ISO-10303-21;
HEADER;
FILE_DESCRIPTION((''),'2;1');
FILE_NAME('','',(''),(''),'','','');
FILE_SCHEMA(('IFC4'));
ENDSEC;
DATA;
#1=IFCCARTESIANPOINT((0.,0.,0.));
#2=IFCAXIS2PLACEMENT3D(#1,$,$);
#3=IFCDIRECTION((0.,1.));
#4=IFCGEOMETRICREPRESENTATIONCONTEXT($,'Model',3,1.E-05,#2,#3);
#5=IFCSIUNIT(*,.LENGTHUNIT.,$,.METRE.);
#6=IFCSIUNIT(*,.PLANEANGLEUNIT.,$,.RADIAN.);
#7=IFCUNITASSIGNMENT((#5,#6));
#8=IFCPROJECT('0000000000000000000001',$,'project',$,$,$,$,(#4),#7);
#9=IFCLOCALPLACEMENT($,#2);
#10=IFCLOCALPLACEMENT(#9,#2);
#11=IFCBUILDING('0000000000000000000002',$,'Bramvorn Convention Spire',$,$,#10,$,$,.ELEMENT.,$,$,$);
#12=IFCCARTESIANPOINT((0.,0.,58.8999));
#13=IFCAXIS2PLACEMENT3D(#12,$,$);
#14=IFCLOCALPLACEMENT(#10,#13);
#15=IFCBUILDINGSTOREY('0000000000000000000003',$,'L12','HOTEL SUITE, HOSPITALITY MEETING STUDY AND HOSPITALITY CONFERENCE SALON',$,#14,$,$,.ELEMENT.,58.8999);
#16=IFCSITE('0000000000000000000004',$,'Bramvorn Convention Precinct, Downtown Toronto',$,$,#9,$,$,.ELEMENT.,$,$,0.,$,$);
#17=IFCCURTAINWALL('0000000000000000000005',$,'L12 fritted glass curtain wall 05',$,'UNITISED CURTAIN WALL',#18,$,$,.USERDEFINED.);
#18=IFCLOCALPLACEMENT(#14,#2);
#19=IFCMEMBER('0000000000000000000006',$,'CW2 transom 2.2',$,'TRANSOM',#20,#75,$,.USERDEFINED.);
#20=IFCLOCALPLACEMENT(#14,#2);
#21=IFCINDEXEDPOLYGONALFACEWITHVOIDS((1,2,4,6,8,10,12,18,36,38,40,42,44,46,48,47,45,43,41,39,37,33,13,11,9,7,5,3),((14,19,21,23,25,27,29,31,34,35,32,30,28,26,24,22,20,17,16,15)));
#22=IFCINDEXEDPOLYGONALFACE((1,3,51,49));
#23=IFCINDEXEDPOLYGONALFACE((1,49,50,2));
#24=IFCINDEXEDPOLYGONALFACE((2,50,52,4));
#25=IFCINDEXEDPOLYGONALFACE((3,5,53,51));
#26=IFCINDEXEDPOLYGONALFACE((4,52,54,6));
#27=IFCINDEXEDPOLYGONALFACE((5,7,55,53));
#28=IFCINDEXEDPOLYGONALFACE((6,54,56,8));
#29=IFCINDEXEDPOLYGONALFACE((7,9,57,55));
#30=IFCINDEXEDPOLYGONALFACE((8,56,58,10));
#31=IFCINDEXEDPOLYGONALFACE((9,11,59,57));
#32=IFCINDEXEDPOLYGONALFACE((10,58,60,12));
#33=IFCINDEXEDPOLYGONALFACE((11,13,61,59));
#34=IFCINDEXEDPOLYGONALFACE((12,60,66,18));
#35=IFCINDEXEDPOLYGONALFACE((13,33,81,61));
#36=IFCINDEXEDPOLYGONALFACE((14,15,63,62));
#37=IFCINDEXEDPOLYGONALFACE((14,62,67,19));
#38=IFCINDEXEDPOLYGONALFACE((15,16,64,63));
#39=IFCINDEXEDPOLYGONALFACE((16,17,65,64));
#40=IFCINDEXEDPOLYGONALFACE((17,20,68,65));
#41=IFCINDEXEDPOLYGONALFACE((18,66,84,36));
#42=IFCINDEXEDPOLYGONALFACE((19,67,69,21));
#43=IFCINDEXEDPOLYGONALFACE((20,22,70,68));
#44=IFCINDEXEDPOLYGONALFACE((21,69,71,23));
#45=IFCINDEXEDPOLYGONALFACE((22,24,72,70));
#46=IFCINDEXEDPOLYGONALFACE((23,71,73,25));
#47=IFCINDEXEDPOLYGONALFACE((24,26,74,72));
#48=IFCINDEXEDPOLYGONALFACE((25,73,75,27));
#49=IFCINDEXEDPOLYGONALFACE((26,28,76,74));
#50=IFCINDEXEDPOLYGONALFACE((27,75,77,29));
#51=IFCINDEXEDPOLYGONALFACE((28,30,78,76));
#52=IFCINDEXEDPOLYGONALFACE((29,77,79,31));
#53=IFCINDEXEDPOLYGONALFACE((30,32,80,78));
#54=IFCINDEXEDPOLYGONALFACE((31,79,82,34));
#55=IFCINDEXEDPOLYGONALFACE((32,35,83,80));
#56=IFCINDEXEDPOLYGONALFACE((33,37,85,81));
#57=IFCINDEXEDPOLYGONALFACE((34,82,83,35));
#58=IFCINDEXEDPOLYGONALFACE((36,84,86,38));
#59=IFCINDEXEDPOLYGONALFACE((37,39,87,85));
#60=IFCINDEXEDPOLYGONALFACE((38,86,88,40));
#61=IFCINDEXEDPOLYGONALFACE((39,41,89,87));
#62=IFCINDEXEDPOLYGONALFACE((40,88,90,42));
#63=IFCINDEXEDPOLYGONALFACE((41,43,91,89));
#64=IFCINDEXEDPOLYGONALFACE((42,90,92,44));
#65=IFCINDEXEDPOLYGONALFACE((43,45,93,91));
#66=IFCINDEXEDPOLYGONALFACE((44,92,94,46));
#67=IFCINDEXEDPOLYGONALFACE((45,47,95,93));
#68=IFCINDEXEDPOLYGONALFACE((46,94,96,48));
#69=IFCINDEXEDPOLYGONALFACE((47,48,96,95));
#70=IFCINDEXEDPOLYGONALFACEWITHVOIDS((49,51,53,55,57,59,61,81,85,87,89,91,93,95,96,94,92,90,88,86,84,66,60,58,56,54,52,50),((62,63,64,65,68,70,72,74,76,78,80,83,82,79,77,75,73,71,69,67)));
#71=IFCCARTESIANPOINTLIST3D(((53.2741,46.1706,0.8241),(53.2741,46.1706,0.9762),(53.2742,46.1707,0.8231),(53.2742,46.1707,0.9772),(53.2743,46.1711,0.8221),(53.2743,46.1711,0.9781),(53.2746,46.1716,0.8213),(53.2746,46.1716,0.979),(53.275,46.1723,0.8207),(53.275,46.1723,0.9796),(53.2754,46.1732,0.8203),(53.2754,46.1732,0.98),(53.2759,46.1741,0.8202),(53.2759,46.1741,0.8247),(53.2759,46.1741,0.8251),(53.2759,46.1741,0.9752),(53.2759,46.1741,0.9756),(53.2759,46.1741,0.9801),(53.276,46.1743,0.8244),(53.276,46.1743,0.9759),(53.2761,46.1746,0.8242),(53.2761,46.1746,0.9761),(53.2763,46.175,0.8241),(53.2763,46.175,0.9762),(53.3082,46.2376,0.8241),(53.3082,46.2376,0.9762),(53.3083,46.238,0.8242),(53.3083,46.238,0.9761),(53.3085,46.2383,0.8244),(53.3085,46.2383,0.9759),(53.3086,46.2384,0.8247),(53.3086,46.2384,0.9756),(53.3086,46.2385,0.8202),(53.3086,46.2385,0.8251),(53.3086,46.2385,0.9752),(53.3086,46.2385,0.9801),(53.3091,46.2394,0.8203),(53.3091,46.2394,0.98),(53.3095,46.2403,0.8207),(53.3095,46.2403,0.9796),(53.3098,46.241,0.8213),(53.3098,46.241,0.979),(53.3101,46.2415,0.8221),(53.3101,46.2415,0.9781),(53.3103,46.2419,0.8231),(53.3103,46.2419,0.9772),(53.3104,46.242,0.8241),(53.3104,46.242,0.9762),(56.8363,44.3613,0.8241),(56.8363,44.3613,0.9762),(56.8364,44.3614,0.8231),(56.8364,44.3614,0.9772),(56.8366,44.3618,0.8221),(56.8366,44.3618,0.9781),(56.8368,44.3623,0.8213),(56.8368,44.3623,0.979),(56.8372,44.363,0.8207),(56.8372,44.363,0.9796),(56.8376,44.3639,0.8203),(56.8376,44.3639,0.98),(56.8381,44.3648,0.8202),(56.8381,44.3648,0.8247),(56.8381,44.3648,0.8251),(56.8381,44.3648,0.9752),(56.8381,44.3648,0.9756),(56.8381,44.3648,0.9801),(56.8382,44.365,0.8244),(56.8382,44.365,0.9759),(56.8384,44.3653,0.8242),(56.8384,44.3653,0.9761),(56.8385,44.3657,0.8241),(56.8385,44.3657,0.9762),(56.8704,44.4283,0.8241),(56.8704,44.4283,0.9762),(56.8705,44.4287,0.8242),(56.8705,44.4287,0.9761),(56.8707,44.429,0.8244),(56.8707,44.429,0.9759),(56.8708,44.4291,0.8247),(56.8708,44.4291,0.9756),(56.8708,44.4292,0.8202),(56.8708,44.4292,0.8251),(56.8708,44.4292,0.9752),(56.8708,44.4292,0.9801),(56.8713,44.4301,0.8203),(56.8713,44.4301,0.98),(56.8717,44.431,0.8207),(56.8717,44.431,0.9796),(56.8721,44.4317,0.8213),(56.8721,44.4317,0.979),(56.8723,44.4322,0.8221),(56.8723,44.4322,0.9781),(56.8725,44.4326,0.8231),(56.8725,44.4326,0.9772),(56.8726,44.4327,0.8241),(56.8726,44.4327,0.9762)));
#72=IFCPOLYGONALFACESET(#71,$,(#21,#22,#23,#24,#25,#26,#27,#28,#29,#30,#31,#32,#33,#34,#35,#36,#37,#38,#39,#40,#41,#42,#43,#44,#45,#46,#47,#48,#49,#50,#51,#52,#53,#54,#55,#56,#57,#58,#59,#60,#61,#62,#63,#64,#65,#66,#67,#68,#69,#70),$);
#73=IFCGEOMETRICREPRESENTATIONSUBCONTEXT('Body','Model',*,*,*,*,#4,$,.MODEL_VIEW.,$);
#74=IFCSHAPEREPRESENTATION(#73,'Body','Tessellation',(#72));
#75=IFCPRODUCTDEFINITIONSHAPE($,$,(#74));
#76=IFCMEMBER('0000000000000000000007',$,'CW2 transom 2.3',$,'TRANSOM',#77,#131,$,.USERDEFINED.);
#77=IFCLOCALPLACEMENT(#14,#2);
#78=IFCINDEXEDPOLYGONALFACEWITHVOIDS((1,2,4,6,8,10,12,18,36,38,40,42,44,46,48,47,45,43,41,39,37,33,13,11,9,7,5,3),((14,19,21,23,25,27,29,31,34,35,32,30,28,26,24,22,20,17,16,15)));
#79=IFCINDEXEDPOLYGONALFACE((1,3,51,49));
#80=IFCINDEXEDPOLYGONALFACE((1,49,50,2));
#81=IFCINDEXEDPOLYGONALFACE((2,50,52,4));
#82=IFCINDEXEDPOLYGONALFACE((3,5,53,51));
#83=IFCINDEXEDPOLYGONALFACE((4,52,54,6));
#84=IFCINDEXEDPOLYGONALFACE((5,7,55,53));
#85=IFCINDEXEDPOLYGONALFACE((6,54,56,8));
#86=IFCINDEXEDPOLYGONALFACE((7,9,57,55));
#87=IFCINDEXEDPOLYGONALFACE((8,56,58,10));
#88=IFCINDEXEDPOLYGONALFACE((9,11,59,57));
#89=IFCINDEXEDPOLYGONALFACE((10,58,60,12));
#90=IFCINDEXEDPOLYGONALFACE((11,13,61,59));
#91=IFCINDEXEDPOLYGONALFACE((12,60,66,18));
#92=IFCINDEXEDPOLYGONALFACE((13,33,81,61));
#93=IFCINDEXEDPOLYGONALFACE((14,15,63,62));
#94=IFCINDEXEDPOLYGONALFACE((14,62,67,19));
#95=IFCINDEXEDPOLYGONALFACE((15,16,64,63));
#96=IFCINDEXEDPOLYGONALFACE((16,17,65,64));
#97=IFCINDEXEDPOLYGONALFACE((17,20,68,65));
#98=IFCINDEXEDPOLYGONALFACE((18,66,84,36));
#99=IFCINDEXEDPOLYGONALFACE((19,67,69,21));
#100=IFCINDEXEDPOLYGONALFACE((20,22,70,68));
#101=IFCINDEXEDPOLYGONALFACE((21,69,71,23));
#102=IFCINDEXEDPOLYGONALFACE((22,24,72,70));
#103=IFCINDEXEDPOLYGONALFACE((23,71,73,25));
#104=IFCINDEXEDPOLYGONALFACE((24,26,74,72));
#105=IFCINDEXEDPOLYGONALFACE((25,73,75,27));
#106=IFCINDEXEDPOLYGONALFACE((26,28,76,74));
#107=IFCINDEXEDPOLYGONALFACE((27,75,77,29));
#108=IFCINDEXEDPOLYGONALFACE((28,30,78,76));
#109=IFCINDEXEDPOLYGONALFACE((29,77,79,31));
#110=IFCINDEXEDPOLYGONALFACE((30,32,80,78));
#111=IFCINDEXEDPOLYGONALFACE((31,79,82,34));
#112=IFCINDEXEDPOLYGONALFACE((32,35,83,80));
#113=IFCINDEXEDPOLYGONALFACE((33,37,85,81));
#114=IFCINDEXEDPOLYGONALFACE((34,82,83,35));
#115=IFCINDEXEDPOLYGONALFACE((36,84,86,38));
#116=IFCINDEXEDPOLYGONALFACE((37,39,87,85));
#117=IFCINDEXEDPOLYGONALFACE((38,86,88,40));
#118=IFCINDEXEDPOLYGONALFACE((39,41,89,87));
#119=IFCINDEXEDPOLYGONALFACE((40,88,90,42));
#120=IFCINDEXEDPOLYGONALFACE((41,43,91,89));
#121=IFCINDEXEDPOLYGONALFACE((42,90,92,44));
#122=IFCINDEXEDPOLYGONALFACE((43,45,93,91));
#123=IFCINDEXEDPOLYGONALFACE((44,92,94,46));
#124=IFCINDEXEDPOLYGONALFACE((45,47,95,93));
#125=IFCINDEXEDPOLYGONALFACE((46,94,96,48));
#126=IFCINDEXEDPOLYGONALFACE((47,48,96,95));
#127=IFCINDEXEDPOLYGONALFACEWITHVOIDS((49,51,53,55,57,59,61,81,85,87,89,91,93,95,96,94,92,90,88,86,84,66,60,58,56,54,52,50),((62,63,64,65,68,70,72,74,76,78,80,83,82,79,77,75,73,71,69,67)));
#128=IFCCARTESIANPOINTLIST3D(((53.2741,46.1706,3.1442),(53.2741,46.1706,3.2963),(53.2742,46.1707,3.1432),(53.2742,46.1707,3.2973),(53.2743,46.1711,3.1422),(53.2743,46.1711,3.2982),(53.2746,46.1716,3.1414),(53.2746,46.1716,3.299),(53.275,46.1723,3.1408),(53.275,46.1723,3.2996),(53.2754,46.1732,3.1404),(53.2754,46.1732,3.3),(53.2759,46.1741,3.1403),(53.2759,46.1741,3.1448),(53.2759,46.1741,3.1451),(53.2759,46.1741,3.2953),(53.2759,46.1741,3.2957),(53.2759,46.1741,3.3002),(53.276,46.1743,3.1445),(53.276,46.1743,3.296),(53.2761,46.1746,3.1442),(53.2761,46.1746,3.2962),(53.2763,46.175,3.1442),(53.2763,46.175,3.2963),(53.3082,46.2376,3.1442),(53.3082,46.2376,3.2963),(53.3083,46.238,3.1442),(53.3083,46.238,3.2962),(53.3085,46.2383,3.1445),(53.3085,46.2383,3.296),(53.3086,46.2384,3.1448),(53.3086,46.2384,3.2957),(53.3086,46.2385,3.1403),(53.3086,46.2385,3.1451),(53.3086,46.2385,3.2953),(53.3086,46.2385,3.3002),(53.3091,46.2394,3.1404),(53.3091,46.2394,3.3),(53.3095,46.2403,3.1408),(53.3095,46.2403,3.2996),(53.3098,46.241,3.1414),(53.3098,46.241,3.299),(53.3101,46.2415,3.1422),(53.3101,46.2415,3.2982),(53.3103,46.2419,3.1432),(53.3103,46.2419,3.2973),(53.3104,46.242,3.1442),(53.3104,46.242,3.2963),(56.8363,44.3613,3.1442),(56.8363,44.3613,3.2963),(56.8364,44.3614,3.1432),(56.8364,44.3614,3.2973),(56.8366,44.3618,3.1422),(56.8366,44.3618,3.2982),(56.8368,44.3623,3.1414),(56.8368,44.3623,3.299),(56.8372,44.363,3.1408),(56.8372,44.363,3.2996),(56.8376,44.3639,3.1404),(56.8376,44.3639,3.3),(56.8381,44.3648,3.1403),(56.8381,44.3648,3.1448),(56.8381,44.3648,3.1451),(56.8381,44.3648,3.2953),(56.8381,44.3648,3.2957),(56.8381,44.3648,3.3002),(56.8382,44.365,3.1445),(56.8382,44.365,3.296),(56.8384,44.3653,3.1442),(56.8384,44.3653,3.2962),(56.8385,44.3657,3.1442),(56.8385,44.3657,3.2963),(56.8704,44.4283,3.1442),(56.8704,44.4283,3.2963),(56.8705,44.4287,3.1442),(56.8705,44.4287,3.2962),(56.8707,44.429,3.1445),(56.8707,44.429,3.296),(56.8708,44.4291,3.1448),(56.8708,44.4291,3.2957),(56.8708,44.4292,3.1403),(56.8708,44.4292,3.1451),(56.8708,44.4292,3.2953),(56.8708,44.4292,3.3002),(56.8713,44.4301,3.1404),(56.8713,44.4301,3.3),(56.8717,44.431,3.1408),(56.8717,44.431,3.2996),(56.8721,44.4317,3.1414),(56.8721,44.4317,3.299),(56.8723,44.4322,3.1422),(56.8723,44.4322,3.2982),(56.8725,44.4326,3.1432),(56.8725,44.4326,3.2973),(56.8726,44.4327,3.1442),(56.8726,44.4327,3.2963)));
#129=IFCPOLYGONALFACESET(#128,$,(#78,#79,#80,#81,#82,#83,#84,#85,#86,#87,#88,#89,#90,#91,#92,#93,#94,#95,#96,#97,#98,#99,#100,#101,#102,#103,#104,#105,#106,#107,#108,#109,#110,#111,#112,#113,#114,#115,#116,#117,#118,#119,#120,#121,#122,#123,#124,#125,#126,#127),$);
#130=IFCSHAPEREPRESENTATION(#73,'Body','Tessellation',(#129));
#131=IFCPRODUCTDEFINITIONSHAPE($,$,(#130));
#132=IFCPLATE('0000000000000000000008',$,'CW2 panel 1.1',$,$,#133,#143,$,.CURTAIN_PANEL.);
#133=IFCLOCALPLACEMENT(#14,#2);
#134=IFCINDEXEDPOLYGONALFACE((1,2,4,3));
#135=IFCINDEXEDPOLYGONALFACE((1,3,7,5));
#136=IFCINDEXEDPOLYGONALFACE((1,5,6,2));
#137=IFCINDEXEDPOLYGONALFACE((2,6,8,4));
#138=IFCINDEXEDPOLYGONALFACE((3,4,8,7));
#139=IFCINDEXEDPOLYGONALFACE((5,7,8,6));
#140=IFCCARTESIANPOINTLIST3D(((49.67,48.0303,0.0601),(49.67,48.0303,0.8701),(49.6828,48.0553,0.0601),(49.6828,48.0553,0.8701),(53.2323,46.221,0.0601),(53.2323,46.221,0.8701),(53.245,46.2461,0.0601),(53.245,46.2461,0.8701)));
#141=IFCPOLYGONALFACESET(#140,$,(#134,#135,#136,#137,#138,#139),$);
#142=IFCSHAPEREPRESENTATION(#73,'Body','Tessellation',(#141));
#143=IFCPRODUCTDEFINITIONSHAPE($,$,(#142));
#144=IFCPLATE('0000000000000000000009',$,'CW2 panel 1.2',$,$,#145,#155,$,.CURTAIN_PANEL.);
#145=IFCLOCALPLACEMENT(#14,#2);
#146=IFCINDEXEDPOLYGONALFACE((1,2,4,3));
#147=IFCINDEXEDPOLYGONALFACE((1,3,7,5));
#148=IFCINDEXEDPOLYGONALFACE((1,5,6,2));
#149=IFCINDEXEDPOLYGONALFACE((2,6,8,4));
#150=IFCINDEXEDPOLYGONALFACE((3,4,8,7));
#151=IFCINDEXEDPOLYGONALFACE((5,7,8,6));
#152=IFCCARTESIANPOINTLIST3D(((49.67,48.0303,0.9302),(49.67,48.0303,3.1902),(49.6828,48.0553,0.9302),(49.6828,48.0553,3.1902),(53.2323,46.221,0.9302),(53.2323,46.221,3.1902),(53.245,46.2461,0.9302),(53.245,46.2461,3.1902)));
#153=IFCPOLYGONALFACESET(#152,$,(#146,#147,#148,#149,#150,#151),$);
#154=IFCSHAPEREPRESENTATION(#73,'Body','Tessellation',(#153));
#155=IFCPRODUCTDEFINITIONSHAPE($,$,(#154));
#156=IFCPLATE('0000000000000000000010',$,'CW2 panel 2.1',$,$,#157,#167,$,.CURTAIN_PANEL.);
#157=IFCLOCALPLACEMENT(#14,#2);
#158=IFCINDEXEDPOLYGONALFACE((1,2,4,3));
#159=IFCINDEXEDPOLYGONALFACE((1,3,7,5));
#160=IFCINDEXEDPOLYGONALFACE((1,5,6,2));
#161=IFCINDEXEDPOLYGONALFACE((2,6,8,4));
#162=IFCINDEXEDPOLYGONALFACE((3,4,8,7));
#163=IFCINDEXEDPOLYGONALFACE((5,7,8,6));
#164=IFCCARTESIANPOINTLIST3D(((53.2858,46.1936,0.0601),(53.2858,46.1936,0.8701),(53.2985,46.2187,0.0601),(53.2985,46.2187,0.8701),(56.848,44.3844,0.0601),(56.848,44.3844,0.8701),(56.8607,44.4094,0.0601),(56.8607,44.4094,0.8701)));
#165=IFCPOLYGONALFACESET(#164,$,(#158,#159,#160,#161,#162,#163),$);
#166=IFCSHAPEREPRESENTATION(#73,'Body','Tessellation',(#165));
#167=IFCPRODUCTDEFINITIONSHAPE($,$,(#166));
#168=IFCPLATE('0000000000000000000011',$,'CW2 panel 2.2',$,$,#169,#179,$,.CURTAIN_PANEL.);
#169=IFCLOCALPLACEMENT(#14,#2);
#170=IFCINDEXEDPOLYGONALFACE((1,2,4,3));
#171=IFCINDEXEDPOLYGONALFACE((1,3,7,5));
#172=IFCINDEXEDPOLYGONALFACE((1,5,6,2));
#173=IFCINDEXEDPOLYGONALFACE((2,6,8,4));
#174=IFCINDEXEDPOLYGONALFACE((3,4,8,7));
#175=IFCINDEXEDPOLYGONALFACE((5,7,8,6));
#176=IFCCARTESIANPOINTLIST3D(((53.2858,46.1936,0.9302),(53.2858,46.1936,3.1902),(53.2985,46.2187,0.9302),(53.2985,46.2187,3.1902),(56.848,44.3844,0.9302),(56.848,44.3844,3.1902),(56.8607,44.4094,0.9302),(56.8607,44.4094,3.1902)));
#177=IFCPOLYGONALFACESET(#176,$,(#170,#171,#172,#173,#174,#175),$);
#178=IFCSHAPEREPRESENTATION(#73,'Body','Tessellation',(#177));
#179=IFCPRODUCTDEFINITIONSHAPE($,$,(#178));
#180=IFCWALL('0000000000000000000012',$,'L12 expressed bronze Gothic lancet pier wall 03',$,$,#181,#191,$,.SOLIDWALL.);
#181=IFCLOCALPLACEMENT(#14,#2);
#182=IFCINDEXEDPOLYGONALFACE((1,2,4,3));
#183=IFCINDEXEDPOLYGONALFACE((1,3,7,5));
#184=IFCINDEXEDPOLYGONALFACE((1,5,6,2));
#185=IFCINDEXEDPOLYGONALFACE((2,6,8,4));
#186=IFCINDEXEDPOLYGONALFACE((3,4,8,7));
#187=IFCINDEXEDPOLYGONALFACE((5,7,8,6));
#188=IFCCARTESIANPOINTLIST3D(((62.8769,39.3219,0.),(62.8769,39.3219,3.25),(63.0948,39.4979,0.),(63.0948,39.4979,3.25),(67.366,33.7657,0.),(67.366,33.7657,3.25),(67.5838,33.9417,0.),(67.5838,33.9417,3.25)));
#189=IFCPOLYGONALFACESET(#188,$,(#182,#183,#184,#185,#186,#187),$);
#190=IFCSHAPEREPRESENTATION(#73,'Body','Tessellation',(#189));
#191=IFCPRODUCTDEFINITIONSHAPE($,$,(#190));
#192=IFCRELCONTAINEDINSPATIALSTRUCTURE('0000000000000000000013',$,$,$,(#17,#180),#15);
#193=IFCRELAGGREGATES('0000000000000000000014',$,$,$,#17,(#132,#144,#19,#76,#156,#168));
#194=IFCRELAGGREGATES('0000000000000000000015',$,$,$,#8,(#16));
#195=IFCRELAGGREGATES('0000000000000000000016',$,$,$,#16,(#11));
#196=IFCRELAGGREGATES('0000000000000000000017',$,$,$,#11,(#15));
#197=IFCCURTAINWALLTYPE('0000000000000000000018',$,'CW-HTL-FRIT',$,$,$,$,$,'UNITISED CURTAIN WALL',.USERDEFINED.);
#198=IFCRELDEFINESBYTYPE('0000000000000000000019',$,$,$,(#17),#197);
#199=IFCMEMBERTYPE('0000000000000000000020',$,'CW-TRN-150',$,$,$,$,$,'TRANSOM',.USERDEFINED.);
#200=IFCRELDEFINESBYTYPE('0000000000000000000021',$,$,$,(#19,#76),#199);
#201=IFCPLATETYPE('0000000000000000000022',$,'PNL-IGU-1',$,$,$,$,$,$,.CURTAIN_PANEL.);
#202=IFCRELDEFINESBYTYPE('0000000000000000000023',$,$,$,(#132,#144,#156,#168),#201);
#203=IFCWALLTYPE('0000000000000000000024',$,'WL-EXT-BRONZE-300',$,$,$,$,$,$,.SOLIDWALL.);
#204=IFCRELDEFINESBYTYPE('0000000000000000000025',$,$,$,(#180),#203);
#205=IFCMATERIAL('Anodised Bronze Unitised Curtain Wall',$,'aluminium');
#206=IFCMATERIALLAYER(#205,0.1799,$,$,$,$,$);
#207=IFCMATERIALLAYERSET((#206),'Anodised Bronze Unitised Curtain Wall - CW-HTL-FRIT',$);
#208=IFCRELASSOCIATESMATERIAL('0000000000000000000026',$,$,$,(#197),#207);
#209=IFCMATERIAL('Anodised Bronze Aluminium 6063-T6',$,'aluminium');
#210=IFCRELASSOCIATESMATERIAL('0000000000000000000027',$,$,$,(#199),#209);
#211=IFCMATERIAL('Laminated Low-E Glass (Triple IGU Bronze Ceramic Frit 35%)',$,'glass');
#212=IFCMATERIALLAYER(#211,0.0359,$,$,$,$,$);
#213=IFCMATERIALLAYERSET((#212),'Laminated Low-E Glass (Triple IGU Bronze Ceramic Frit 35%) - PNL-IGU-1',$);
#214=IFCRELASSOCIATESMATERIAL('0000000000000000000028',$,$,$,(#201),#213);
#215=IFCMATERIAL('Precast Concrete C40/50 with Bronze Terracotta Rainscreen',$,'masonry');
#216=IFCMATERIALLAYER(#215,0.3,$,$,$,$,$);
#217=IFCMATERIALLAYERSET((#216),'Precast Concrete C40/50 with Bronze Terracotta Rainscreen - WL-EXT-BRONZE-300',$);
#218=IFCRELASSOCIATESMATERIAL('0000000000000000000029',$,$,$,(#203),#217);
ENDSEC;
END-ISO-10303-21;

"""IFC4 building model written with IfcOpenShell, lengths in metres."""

from ifc_helpers import new_model, si_unit, direction, frame, frame_2d, origin, origin_2d, place, context, subcontext, project, spatial, rectangle, hollow_rectangle, extrude, material, layer, layer_set, material_profile, profile_set, type_object, element, aggregate, save


model = new_model("IFC4")

# Units and contexts
model_context = context("Model", 3, precision=1e-05, world=origin(), true_north=direction((0.0, 1.0)))
body_context = subcontext(model_context, "Body", "Model", "MODEL_VIEW")
ifc_project = project(units=[si_unit("LENGTHUNIT", "METRE"), si_unit("PLANEANGLEUNIT", "RADIAN")], contexts=[model_context])

# Site, building, storey
site_placement = place(None, origin())
site = spatial("IfcSite", under=ifc_project, at=site_placement, Name="Bramvorn Convention Precinct, Downtown Toronto", CompositionType="ELEMENT", RefElevation=0.0)
building_placement = place(site_placement, origin())
building = spatial("IfcBuilding", under=site, at=building_placement, Name="Bramvorn Convention Spire", CompositionType="ELEMENT")
storey_placement = place(building_placement, frame((0.0, 0.0, 58.8999)))
storey = spatial("IfcBuildingStorey", under=building, at=storey_placement, Name="L12", Description="HOTEL SUITE, HOSPITALITY MEETING STUDY AND HOSPITALITY CONFERENCE SALON", CompositionType="ELEMENT", Elevation=58.8999)

# Curtain wall, members, plates
ifc_material_1 = material(Name="Anodised Bronze Unitised Curtain Wall", Category="aluminium")
ifc_layer_1 = layer(ifc_material_1, 0.1799)
ifc_layer_set_1 = layer_set([ifc_layer_1], Name="Anodised Bronze Unitised Curtain Wall - CW-HTL-FRIT")
curtain_wall_type = type_object("IfcCurtainWallType", Name="CW-HTL-FRIT", ElementType="UNITISED CURTAIN WALL", PredefinedType="USERDEFINED", material=ifc_layer_set_1)
curtain_wall_placement = place(storey_placement, origin())
curtain_wall = element("IfcCurtainWall", 1, at=curtain_wall_placement, inside=storey, type_object=curtain_wall_type, Name="L12 fritted glass curtain wall 05", ObjectType="UNITISED CURTAIN WALL", PredefinedType="USERDEFINED")
ifc_material_2 = material(Name="Anodised Bronze Aluminium 6063-T6", Category="aluminium")
ifc_material_profile_1 = material_profile(ifc_material_2, hollow_rectangle(XDim=0.0801, YDim=0.1599, WallThickness=0.0039, InnerFilletRadius=0.001, OuterFilletRadius=0.0039, at=origin_2d()))
ifc_profile_set_1 = profile_set([ifc_material_profile_1], Name="Anodised Bronze Aluminium 6063-T6 - CWT80X160")
member_type_1 = type_object("IfcMemberType", Name="CW-TRN-150", ElementType="TRANSOM", PredefinedType="USERDEFINED", material=ifc_profile_set_1)
member_1_placement = place(storey_placement, frame((53.2922, 46.2063, 0.9001), z_axis=(0.891586, -0.452851, 0.0), x_axis=(0.452851, 0.891586, 0.0)))
member_1 = element("IfcMember", 2, at=member_1_placement, type_object=member_type_1, Name="CW2 transom 2.2", ObjectType="TRANSOM", PredefinedType="USERDEFINED", context=body_context, shape_type="SweptSolid", body=[
    extrude(hollow_rectangle(XDim=0.0801, YDim=0.1599, WallThickness=0.0039, InnerFilletRadius=0.001, OuterFilletRadius=0.0039, at=origin_2d()), origin(), (0.0, 0.0, 1.0), 3.9954),
])
member_2_placement = place(storey_placement, frame((53.2922, 46.2063, 3.2202), z_axis=(0.891586, -0.452851, 0.0), x_axis=(0.452851, 0.891586, 0.0)))
member_2 = element("IfcMember", 3, at=member_2_placement, type_object=member_type_1, Name="CW2 transom 2.3", ObjectType="TRANSOM", PredefinedType="USERDEFINED", context=body_context, shape_type="SweptSolid", body=[
    extrude(hollow_rectangle(XDim=0.0801, YDim=0.1599, WallThickness=0.0039, InnerFilletRadius=0.001, OuterFilletRadius=0.0039, at=origin_2d()), origin(), (0.0, 0.0, 1.0), 3.9954),
])
ifc_material_3 = material(Name="Laminated Low-E Glass (Triple IGU Bronze Ceramic Frit 35%)", Category="glass")
ifc_layer_2 = layer(ifc_material_3, 0.0359)
ifc_layer_set_2 = layer_set([ifc_layer_2], Name="Laminated Low-E Glass (Triple IGU Bronze Ceramic Frit 35%) - PNL-IGU-1")
plate_type = type_object("IfcPlateType", Name="PNL-IGU-1", PredefinedType="CURTAIN_PANEL", material=ifc_layer_set_2)
plate_1_placement = place(storey_placement, frame((51.4575, 47.1382, 0.0601), z_axis=(0.0, 0.0, 1.0), x_axis=(0.891592, -0.452839, 0.0)))
plate_1 = element("IfcPlate", 4, at=plate_1_placement, type_object=plate_type, Name="CW2 panel 1.1", PredefinedType="CURTAIN_PANEL", context=body_context, shape_type="SweptSolid", body=[
    extrude(rectangle(XDim=3.9954, YDim=0.0281, at=origin_2d()), origin(), (0.0, 0.0, 1.0), 0.8101),
])
plate_2_placement = place(storey_placement, frame((51.4575, 47.1382, 0.9302), z_axis=(0.0, 0.0, 1.0), x_axis=(0.891592, -0.452839, 0.0)))
plate_2 = element("IfcPlate", 5, at=plate_2_placement, type_object=plate_type, Name="CW2 panel 1.2", PredefinedType="CURTAIN_PANEL", context=body_context, shape_type="SweptSolid", body=[
    extrude(rectangle(XDim=3.9954, YDim=0.0281, at=origin_2d()), origin(), (0.0, 0.0, 1.0), 2.26),
])
plate_3_placement = place(storey_placement, frame((55.0732, 45.3015, 0.0601), z_axis=(0.0, 0.0, 1.0), x_axis=(0.891592, -0.452839, 0.0)))
plate_3 = element("IfcPlate", 6, at=plate_3_placement, type_object=plate_type, Name="CW2 panel 2.1", PredefinedType="CURTAIN_PANEL", context=body_context, shape_type="SweptSolid", body=[
    extrude(rectangle(XDim=3.9954, YDim=0.0281, at=origin_2d()), origin(), (0.0, 0.0, 1.0), 0.8101),
])
plate_4_placement = place(storey_placement, frame((55.0732, 45.3015, 0.9302), z_axis=(0.0, 0.0, 1.0), x_axis=(0.891592, -0.452839, 0.0)))
plate_4 = element("IfcPlate", 7, at=plate_4_placement, type_object=plate_type, Name="CW2 panel 2.2", PredefinedType="CURTAIN_PANEL", context=body_context, shape_type="SweptSolid", body=[
    extrude(rectangle(XDim=3.9954, YDim=0.0281, at=origin_2d()), origin(), (0.0, 0.0, 1.0), 2.26),
])
aggregate(curtain_wall, [plate_1, plate_2, member_1, member_2, plate_3, plate_4])

# Wall
ifc_material_4 = material(Name="Precast Concrete C40/50 with Bronze Terracotta Rainscreen", Category="masonry")
ifc_layer_3 = layer(ifc_material_4, 0.3)
ifc_layer_set_3 = layer_set([ifc_layer_3], Name="Precast Concrete C40/50 with Bronze Terracotta Rainscreen - WL-EXT-BRONZE-300")
wall_type = type_object("IfcWallType", Name="WL-EXT-BRONZE-300", PredefinedType="SOLIDWALL", material=ifc_layer_set_3)
wall_1_placement = place(storey_placement, frame((62.9858, 39.4099, 0.0), z_axis=(0.0, 0.0, 1.0), x_axis=(0.628452, -0.777849, 0.0)))
element("IfcWall", 8, at=wall_1_placement, inside=storey, type_object=wall_type, Name="L12 expressed bronze Gothic lancet pier wall 03", PredefinedType="SOLIDWALL", context=body_context, shape_type="SweptSolid", body=[
    extrude(rectangle(XDim=7.1431, YDim=0.28, at=frame_2d((3.5715, 0.0))), origin(), (0.0, 0.0, 1.0), 3.25),
])

save(model, "model.ifc")
